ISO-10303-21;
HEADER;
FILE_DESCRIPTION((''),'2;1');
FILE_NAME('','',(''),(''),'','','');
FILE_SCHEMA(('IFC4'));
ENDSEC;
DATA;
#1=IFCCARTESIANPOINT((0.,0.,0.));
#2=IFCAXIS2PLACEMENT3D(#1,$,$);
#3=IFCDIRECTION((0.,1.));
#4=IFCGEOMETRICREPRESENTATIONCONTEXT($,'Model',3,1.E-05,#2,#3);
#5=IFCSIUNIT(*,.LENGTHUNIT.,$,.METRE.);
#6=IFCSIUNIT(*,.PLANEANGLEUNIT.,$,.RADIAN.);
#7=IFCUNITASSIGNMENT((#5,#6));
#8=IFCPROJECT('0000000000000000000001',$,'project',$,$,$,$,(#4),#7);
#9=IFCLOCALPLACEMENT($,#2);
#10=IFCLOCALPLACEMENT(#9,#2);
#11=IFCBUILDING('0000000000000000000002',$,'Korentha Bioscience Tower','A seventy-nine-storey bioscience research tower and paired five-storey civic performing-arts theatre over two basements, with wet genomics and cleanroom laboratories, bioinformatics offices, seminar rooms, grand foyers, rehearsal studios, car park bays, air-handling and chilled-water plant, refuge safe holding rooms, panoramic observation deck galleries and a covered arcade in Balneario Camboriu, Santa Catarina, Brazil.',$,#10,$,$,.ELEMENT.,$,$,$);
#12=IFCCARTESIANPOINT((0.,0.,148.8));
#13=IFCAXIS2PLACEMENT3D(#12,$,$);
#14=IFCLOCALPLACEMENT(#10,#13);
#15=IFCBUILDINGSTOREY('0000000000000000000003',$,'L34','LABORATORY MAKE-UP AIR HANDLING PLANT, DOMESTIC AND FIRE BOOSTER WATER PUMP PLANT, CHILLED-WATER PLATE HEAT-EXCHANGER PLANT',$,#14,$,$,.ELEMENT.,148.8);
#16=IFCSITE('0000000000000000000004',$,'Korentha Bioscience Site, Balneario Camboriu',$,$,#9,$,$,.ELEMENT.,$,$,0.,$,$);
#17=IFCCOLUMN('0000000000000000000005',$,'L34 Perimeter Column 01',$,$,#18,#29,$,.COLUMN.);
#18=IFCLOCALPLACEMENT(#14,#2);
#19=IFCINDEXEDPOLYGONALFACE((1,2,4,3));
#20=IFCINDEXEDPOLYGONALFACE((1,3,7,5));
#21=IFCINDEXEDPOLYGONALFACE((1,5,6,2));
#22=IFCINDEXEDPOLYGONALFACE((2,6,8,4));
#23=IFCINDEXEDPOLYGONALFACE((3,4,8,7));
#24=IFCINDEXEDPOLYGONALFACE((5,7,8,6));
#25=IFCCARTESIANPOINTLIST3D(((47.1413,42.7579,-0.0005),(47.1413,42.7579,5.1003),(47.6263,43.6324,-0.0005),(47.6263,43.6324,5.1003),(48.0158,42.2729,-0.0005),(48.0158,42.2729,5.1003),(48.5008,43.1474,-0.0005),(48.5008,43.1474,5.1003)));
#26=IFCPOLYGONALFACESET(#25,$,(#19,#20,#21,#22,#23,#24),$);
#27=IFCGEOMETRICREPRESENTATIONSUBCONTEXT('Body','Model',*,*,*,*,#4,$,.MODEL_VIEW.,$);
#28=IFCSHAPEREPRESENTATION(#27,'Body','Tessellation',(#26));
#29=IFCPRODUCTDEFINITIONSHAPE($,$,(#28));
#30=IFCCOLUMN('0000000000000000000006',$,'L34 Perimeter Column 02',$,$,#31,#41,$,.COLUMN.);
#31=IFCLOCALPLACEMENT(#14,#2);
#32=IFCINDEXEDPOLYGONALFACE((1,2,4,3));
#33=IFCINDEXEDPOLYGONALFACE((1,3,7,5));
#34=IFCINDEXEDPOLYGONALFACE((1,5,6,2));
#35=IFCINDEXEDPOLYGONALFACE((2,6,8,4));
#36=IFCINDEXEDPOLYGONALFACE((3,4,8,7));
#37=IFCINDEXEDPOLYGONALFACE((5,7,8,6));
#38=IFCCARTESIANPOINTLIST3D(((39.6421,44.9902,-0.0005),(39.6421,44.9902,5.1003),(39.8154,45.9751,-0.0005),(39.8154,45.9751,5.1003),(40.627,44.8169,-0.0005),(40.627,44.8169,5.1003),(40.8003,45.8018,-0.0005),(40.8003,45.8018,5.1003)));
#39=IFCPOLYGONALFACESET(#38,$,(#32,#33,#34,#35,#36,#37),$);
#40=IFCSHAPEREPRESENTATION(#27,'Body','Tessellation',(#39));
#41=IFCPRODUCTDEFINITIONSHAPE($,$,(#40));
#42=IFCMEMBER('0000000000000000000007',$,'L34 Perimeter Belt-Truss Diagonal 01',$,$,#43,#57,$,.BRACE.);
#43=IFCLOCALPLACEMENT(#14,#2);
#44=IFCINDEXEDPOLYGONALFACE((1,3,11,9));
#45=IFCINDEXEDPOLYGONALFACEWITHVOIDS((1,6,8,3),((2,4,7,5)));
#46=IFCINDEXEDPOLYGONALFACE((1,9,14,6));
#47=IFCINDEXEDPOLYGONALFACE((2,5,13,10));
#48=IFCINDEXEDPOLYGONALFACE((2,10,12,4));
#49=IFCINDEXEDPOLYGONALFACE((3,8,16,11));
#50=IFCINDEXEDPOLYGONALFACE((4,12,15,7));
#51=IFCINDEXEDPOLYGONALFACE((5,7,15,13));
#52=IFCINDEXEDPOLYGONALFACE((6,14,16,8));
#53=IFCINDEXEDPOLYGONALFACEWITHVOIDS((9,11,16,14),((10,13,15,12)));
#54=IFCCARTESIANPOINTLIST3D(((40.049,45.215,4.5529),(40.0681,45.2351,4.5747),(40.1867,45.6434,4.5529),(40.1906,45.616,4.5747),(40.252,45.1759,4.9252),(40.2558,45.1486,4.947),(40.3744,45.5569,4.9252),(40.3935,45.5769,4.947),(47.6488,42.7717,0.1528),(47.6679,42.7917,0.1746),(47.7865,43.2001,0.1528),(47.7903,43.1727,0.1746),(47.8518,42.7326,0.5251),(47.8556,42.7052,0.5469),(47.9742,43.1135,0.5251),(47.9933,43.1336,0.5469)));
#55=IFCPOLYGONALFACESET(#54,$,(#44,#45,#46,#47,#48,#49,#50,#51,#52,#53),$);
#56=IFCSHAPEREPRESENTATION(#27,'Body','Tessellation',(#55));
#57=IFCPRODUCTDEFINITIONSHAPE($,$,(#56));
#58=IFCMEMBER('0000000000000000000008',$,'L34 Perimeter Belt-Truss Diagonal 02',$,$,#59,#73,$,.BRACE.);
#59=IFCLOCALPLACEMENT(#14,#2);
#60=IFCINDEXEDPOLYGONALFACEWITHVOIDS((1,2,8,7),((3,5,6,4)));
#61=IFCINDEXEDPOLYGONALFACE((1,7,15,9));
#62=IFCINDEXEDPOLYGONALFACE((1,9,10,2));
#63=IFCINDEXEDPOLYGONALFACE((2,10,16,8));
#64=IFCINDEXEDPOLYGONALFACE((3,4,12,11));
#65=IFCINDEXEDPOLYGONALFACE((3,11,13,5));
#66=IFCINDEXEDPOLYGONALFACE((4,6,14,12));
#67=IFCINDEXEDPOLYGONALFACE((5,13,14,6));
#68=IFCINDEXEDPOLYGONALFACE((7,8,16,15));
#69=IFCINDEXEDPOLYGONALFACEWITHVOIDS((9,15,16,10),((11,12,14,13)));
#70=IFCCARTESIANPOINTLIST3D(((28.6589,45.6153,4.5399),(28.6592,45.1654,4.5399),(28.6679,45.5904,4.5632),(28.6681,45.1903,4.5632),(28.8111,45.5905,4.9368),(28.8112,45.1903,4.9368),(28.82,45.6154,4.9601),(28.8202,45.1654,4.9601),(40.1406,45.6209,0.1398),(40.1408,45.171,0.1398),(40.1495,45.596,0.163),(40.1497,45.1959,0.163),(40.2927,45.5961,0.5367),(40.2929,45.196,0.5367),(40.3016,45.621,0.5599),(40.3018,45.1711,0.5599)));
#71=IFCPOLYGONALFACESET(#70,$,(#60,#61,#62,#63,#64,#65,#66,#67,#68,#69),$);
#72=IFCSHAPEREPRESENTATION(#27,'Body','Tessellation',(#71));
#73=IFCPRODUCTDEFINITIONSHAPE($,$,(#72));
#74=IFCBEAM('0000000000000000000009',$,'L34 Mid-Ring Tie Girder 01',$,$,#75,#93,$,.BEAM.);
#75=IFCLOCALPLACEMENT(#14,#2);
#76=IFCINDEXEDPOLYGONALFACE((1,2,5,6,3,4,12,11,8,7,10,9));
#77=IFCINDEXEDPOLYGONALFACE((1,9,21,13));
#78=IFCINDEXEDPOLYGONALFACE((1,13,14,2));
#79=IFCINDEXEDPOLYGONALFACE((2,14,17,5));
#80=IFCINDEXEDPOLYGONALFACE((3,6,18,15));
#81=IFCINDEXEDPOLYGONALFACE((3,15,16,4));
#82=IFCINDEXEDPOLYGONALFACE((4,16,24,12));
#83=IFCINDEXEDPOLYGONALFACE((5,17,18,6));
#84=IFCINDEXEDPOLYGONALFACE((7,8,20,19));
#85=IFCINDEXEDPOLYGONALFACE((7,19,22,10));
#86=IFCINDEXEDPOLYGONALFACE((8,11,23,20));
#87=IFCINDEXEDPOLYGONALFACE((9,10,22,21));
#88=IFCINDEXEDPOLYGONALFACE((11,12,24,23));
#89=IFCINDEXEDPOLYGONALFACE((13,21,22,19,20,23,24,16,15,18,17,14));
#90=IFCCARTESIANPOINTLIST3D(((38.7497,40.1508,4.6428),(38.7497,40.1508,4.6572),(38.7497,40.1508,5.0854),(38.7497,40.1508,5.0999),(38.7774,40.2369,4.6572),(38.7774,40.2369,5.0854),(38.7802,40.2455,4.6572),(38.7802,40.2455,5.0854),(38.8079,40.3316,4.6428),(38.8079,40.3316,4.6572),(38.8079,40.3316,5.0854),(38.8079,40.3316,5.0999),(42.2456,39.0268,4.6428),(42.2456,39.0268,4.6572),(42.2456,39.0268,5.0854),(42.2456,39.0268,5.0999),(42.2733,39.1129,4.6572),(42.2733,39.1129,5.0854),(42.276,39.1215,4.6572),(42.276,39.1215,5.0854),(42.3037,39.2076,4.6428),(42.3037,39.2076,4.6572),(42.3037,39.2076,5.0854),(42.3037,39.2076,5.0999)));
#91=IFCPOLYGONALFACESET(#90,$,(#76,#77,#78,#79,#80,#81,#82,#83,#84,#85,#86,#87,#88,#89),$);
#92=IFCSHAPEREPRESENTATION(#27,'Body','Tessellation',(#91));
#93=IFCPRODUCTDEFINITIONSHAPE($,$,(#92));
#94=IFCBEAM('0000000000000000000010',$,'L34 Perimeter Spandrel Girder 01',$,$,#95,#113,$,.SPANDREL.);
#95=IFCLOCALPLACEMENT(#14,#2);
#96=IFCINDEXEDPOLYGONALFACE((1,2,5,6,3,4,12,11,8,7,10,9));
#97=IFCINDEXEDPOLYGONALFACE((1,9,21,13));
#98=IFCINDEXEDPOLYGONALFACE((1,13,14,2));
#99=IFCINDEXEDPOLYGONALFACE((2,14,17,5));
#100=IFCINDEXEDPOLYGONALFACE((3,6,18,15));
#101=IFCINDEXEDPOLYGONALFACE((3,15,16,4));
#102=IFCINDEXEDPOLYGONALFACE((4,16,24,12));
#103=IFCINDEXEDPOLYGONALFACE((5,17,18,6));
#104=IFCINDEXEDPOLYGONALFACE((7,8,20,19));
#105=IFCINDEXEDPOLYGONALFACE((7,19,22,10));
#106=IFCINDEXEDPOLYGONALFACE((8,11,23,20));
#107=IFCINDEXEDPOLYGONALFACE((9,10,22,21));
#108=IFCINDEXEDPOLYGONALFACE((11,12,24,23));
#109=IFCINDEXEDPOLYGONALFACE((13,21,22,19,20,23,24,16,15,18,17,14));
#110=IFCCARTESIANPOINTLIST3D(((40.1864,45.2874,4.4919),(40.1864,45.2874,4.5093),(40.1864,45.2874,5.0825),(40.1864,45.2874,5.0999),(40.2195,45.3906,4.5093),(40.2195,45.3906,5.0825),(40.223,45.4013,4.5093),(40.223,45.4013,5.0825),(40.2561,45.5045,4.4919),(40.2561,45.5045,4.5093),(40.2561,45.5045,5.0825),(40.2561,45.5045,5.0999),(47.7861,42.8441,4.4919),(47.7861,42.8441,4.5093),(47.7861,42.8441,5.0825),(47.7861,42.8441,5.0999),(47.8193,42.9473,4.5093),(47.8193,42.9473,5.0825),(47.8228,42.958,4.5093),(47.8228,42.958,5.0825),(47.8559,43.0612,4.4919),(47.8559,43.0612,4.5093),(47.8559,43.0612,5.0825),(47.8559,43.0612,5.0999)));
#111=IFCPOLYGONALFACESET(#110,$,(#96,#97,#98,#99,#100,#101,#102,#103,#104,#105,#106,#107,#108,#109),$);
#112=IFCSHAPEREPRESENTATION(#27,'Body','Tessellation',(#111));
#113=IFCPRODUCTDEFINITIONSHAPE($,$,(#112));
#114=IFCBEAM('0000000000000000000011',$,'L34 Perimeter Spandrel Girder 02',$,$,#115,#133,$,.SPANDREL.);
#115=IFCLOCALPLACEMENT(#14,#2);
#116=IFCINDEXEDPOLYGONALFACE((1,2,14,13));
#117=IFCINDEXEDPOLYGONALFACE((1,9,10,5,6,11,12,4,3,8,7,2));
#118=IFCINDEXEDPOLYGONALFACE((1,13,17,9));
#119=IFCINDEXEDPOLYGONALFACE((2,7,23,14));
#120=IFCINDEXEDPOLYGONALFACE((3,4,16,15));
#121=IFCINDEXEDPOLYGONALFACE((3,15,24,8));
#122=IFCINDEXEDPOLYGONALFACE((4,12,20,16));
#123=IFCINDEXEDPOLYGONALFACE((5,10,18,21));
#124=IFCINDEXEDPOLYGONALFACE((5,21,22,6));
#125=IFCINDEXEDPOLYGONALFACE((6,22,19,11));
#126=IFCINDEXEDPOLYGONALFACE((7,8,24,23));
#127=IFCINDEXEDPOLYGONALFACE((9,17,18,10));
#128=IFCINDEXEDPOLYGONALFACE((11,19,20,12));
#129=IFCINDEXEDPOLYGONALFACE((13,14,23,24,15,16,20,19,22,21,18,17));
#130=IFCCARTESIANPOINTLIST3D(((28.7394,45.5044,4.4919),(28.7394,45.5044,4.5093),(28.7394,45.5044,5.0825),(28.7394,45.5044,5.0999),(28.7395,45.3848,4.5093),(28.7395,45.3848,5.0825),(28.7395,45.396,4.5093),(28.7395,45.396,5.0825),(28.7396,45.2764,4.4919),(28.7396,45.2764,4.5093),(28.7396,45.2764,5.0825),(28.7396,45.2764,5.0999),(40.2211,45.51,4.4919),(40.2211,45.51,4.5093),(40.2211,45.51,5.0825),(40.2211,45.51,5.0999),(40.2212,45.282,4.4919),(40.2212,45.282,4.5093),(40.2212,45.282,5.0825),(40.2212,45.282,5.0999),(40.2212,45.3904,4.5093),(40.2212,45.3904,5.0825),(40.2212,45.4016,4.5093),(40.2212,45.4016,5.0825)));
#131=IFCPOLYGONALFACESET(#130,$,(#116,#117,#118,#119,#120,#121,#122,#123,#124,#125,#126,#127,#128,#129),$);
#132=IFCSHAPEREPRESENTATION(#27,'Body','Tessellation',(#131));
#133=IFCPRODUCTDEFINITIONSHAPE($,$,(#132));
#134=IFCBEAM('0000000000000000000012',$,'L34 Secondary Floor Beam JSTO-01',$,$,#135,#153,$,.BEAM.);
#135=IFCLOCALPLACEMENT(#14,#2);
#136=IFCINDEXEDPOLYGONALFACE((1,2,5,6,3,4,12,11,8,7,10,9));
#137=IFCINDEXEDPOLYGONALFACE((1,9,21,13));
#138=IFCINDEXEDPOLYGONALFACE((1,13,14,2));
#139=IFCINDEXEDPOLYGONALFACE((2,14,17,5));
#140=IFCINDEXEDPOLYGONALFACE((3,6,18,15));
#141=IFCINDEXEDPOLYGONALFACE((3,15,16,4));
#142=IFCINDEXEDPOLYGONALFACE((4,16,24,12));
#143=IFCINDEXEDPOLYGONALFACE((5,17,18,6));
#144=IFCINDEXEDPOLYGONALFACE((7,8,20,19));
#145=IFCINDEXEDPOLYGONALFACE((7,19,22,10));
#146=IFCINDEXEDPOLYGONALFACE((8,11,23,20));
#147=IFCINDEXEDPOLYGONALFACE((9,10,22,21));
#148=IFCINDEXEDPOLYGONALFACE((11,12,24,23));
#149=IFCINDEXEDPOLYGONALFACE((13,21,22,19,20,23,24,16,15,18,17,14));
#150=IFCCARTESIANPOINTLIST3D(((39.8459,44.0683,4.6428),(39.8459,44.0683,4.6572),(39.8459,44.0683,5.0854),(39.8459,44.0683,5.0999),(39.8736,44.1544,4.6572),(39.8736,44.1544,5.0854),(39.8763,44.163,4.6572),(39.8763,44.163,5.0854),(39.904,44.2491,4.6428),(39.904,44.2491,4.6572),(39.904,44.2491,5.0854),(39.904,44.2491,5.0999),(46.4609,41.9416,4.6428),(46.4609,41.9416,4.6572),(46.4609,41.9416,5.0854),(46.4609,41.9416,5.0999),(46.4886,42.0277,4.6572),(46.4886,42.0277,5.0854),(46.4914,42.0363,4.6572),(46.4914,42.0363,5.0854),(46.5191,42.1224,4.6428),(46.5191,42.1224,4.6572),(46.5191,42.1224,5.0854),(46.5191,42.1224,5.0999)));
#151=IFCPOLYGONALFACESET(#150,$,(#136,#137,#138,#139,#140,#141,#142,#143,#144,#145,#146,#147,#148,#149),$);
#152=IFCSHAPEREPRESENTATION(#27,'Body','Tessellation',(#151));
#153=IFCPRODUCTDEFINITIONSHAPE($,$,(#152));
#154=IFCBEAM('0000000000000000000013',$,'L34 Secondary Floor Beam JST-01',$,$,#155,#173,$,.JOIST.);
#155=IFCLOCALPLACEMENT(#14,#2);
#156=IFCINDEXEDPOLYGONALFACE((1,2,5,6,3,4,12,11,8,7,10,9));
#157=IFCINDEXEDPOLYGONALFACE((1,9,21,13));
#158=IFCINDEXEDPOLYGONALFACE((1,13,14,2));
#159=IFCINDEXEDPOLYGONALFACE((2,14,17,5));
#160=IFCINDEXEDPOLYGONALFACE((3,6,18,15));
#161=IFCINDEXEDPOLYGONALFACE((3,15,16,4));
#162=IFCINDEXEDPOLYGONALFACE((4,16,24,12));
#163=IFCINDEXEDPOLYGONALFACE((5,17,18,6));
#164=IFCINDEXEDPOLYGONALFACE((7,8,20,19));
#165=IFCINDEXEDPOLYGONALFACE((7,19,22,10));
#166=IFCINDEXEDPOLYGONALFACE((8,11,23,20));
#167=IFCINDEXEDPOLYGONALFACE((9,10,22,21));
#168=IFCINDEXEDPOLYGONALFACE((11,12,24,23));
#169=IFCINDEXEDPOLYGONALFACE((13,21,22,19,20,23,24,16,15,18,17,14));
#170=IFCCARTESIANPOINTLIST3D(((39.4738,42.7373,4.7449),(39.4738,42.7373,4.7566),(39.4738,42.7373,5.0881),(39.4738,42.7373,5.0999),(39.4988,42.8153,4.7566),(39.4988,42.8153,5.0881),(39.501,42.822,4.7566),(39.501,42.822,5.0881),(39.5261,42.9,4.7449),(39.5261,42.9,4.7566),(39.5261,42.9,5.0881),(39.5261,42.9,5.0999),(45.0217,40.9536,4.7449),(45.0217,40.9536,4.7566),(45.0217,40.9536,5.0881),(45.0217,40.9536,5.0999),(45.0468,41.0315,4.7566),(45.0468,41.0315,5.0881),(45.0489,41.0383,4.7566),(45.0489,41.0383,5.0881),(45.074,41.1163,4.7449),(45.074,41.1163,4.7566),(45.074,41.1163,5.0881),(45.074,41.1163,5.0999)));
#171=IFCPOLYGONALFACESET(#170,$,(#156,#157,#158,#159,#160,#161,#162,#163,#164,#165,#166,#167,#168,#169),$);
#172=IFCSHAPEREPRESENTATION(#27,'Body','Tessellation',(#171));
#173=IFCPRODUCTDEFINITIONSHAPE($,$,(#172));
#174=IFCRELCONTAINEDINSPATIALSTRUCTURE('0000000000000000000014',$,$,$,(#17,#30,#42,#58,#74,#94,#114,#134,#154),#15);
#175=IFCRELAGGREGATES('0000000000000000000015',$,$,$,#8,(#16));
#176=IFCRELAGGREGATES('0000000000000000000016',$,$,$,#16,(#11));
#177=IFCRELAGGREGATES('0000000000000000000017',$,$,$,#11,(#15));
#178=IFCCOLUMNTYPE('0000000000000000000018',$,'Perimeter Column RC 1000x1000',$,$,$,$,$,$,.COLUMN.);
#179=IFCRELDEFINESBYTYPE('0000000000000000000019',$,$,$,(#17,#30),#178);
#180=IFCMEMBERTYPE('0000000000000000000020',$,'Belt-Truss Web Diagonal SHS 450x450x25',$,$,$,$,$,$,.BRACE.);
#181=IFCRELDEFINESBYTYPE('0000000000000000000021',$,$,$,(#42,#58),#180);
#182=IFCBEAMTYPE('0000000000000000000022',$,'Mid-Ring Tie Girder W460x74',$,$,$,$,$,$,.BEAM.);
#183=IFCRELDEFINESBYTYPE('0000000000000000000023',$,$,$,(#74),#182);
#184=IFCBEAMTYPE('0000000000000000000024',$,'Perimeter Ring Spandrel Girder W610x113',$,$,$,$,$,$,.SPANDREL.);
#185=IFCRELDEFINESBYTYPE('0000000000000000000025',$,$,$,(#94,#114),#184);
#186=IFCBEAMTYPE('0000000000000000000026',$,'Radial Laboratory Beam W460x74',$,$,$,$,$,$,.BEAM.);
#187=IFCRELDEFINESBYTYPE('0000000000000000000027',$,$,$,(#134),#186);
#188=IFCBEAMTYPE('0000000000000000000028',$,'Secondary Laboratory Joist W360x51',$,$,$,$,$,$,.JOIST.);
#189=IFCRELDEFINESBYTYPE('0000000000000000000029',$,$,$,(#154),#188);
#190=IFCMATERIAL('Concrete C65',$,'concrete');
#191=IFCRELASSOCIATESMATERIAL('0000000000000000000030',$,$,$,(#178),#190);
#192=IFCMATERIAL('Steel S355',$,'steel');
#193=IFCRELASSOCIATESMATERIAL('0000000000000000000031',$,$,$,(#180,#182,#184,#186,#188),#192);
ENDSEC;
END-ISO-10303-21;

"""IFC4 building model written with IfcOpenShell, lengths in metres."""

from ifc_helpers import new_model, si_unit, direction, frame, origin, origin_2d, place, context, subcontext, project, spatial, rectangle, hollow_rectangle, i_section, extrude, material, material_profile, profile_set, type_object, element, save


model = new_model("IFC4")

# Units and contexts
model_context = context("Model", 3, precision=1e-05, world=origin(), true_north=direction((0.0, 1.0)))
body_context = subcontext(model_context, "Body", "Model", "MODEL_VIEW")
ifc_project = project(units=[si_unit("LENGTHUNIT", "METRE"), si_unit("PLANEANGLEUNIT", "RADIAN")], contexts=[model_context])

# Site, building, storey
site_placement = place(None, origin())
site = spatial("IfcSite", under=ifc_project, at=site_placement, Name="Korentha Bioscience Site, Balneario Camboriu", CompositionType="ELEMENT", RefElevation=0.0)
building_placement = place(site_placement, origin())
building = spatial("IfcBuilding", under=site, at=building_placement, Name="Korentha Bioscience Tower", Description="A seventy-nine-storey bioscience research tower and paired five-storey civic performing-arts theatre over two basements, with wet genomics and cleanroom laboratories, bioinformatics offices, seminar rooms, grand foyers, rehearsal studios, car park bays, air-handling and chilled-water plant, refuge safe holding rooms, panoramic observation deck galleries and a covered arcade in Balneario Camboriu, Santa Catarina, Brazil.", CompositionType="ELEMENT")
storey_placement = place(building_placement, frame((0.0, 0.0, 148.8)))
storey = spatial("IfcBuildingStorey", under=building, at=storey_placement, Name="L34", Description="LABORATORY MAKE-UP AIR HANDLING PLANT, DOMESTIC AND FIRE BOOSTER WATER PUMP PLANT, CHILLED-WATER PLATE HEAT-EXCHANGER PLANT", CompositionType="ELEMENT", Elevation=148.8)

# Columns
ifc_material_1 = material(Name="Concrete C65", Category="concrete")
ifc_material_profile_1 = material_profile(ifc_material_1, rectangle(XDim=1.0, YDim=1.0, at=origin_2d()), Name="Concrete C65")
ifc_profile_set_1 = profile_set([ifc_material_profile_1], Name="Concrete C65 (COL-P10)")
column_type = type_object("IfcColumnType", Name="Perimeter Column RC 1000x1000", PredefinedType="COLUMN", material=ifc_profile_set_1)
for number, where, z_axis, x_axis, name in (
    (1, (47.821, 42.9526, -0.0005), (0.0, 0.0, 1.0), (-0.874535, 0.484962, 0.0), "L34 Perimeter Column 01"),
    (2, (40.2212, 45.396, -0.0005), (0.0, 0.0, 1.0), (-0.984868, 0.173304, 0.0), "L34 Perimeter Column 02"),
):
    element("IfcColumn", number, at=place(storey_placement, frame(where, z_axis=z_axis, x_axis=x_axis)), inside=storey, type_object=column_type, Name=name, PredefinedType="COLUMN", context=body_context, shape_type="SweptSolid", body=[
        extrude(rectangle(XDim=1.0, YDim=1.0, at=origin_2d()), origin(), (0.0, 0.0, 1.0), 5.1008),
    ])

# Members
ifc_material_2 = material(Name="Steel S355", Category="steel")
ifc_material_profile_2 = material_profile(ifc_material_2, hollow_rectangle(XDim=0.45, YDim=0.45, WallThickness=0.0249, at=origin_2d()), Name="Steel S355")
ifc_profile_set_2 = profile_set([ifc_material_profile_2], Name="Steel S355 (BT-D450)")
member_type = type_object("IfcMemberType", Name="Belt-Truss Web Diagonal SHS 450x450x25", PredefinedType="BRACE", material=ifc_profile_set_2)
member_1_placement = place(storey_placement, frame((47.821, 42.9526, 0.3499), z_axis=(-0.833745, 0.26805, 0.48272), x_axis=(-0.306072, -0.952009, 0.0)))
element("IfcMember", 3, at=member_1_placement, inside=storey, type_object=member_type, Name="L34 Perimeter Belt-Truss Diagonal 01", PredefinedType="BRACE", context=body_context, shape_type="SweptSolid", body=[
    extrude(hollow_rectangle(XDim=0.45, YDim=0.45, WallThickness=0.0249, at=origin_2d()), origin(), (0.0, 0.0, 1.0), 9.1152),
])
member_2_placement = place(storey_placement, frame((40.2212, 45.396, 0.3499), z_axis=(-0.933778, -0.000457, 0.357853), x_axis=(0.000489, -1.0, 0.0)))
element("IfcMember", 4, at=member_2_placement, inside=storey, type_object=member_type, Name="L34 Perimeter Belt-Truss Diagonal 02", PredefinedType="BRACE", context=body_context, shape_type="SweptSolid", body=[
    extrude(hollow_rectangle(XDim=0.45, YDim=0.45, WallThickness=0.0249, at=origin_2d()), origin(), (0.0, 0.0, 1.0), 12.2959),
])

# Beams
ifc_material_profile_3 = material_profile(ifc_material_2, i_section(OverallWidth=0.1899, OverallDepth=0.457, WebThickness=0.009, FlangeThickness=0.0144, at=origin_2d()), Name="Steel S355")
ifc_profile_set_3 = profile_set([ifc_material_profile_3], Name="Steel S355 (MB-460)")
beam_type_1 = type_object("IfcBeamType", Name="Mid-Ring Tie Girder W460x74", PredefinedType="BEAM", material=ifc_profile_set_3)
beam_1_placement = place(storey_placement, frame((42.2747, 39.1172, 4.8713), z_axis=(-0.952, 0.306097, 0.0), x_axis=(-0.306097, -0.952, 0.0)))
element("IfcBeam", 5, at=beam_1_placement, inside=storey, type_object=beam_type_1, Name="L34 Mid-Ring Tie Girder 01", PredefinedType="BEAM", context=body_context, shape_type="SweptSolid", body=[
    extrude(i_section(OverallWidth=0.1899, OverallDepth=0.457, WebThickness=0.009, FlangeThickness=0.0144, at=origin_2d()), origin(), (0.0, 0.0, 1.0), 3.6721),
])
ifc_material_profile_4 = material_profile(ifc_material_2, i_section(OverallWidth=0.228, OverallDepth=0.6079, WebThickness=0.0112, FlangeThickness=0.0173, at=origin_2d()), Name="Steel S355")
ifc_profile_set_4 = profile_set([ifc_material_profile_4], Name="Steel S355 (SB-610)")
beam_type_2 = type_object("IfcBeamType", Name="Perimeter Ring Spandrel Girder W610x113", PredefinedType="SPANDREL", material=ifc_profile_set_4)
beam_2_placement = place(storey_placement, frame((47.821, 42.9526, 4.7959), z_axis=(-0.952009, 0.306072, 0.0), x_axis=(-0.306072, -0.952009, 0.0)))
element("IfcBeam", 6, at=beam_2_placement, inside=storey, type_object=beam_type_2, Name="L34 Perimeter Spandrel Girder 01", PredefinedType="SPANDREL", context=body_context, shape_type="SweptSolid", body=[
    extrude(i_section(OverallWidth=0.228, OverallDepth=0.6079, WebThickness=0.0112, FlangeThickness=0.0173, at=origin_2d()), origin(), (0.0, 0.0, 1.0), 7.9829),
])
beam_3_placement = place(storey_placement, frame((40.2212, 45.396, 4.7959), z_axis=(-1.0, -0.000489, 0.0), x_axis=(0.000489, -1.0, 0.0)))
element("IfcBeam", 7, at=beam_3_placement, inside=storey, type_object=beam_type_2, Name="L34 Perimeter Spandrel Girder 02", PredefinedType="SPANDREL", context=body_context, shape_type="SweptSolid", body=[
    extrude(i_section(OverallWidth=0.228, OverallDepth=0.6079, WebThickness=0.0112, FlangeThickness=0.0173, at=origin_2d()), origin(), (0.0, 0.0, 1.0), 11.4817),
])
ifc_material_profile_5 = material_profile(ifc_material_2, i_section(OverallWidth=0.1899, OverallDepth=0.457, WebThickness=0.009, FlangeThickness=0.0144, at=origin_2d()), Name="Steel S355")
ifc_profile_set_5 = profile_set([ifc_material_profile_5], Name="Steel S355 (RB-460)")
beam_type_3 = type_object("IfcBeamType", Name="Radial Laboratory Beam W460x74", PredefinedType="BEAM", material=ifc_profile_set_5)
beam_4_placement = place(storey_placement, frame((46.49, 42.032, 4.8713), z_axis=(-0.952009, 0.306069, 0.0), x_axis=(-0.306069, -0.952009, 0.0)))
element("IfcBeam", 8, at=beam_4_placement, inside=storey, type_object=beam_type_3, Name="L34 Secondary Floor Beam JSTO-01", PredefinedType="BEAM", context=body_context, shape_type="SweptSolid", body=[
    extrude(i_section(OverallWidth=0.1899, OverallDepth=0.457, WebThickness=0.009, FlangeThickness=0.0144, at=origin_2d()), origin(), (0.0, 0.0, 1.0), 6.9485),
])
ifc_material_profile_6 = material_profile(ifc_material_2, i_section(OverallWidth=0.1709, OverallDepth=0.355, WebThickness=0.0071, FlangeThickness=0.0117, at=origin_2d()), Name="Steel S355")
ifc_profile_set_6 = profile_set([ifc_material_profile_6], Name="Steel S355 (JB-360)")
beam_type_4 = type_object("IfcBeamType", Name="Secondary Laboratory Joist W360x51", PredefinedType="JOIST", material=ifc_profile_set_6)
beam_5_placement = place(storey_placement, frame((45.0479, 41.0349, 4.9224), z_axis=(-0.952006, 0.30608, 0.0), x_axis=(-0.30608, -0.952006, 0.0)))
element("IfcBeam", 9, at=beam_5_placement, inside=storey, type_object=beam_type_4, Name="L34 Secondary Floor Beam JST-01", PredefinedType="JOIST", context=body_context, shape_type="SweptSolid", body=[
    extrude(i_section(OverallWidth=0.1709, OverallDepth=0.355, WebThickness=0.0071, FlangeThickness=0.0117, at=origin_2d()), origin(), (0.0, 0.0, 1.0), 5.8276),
])

save(model, "model.ifc")
